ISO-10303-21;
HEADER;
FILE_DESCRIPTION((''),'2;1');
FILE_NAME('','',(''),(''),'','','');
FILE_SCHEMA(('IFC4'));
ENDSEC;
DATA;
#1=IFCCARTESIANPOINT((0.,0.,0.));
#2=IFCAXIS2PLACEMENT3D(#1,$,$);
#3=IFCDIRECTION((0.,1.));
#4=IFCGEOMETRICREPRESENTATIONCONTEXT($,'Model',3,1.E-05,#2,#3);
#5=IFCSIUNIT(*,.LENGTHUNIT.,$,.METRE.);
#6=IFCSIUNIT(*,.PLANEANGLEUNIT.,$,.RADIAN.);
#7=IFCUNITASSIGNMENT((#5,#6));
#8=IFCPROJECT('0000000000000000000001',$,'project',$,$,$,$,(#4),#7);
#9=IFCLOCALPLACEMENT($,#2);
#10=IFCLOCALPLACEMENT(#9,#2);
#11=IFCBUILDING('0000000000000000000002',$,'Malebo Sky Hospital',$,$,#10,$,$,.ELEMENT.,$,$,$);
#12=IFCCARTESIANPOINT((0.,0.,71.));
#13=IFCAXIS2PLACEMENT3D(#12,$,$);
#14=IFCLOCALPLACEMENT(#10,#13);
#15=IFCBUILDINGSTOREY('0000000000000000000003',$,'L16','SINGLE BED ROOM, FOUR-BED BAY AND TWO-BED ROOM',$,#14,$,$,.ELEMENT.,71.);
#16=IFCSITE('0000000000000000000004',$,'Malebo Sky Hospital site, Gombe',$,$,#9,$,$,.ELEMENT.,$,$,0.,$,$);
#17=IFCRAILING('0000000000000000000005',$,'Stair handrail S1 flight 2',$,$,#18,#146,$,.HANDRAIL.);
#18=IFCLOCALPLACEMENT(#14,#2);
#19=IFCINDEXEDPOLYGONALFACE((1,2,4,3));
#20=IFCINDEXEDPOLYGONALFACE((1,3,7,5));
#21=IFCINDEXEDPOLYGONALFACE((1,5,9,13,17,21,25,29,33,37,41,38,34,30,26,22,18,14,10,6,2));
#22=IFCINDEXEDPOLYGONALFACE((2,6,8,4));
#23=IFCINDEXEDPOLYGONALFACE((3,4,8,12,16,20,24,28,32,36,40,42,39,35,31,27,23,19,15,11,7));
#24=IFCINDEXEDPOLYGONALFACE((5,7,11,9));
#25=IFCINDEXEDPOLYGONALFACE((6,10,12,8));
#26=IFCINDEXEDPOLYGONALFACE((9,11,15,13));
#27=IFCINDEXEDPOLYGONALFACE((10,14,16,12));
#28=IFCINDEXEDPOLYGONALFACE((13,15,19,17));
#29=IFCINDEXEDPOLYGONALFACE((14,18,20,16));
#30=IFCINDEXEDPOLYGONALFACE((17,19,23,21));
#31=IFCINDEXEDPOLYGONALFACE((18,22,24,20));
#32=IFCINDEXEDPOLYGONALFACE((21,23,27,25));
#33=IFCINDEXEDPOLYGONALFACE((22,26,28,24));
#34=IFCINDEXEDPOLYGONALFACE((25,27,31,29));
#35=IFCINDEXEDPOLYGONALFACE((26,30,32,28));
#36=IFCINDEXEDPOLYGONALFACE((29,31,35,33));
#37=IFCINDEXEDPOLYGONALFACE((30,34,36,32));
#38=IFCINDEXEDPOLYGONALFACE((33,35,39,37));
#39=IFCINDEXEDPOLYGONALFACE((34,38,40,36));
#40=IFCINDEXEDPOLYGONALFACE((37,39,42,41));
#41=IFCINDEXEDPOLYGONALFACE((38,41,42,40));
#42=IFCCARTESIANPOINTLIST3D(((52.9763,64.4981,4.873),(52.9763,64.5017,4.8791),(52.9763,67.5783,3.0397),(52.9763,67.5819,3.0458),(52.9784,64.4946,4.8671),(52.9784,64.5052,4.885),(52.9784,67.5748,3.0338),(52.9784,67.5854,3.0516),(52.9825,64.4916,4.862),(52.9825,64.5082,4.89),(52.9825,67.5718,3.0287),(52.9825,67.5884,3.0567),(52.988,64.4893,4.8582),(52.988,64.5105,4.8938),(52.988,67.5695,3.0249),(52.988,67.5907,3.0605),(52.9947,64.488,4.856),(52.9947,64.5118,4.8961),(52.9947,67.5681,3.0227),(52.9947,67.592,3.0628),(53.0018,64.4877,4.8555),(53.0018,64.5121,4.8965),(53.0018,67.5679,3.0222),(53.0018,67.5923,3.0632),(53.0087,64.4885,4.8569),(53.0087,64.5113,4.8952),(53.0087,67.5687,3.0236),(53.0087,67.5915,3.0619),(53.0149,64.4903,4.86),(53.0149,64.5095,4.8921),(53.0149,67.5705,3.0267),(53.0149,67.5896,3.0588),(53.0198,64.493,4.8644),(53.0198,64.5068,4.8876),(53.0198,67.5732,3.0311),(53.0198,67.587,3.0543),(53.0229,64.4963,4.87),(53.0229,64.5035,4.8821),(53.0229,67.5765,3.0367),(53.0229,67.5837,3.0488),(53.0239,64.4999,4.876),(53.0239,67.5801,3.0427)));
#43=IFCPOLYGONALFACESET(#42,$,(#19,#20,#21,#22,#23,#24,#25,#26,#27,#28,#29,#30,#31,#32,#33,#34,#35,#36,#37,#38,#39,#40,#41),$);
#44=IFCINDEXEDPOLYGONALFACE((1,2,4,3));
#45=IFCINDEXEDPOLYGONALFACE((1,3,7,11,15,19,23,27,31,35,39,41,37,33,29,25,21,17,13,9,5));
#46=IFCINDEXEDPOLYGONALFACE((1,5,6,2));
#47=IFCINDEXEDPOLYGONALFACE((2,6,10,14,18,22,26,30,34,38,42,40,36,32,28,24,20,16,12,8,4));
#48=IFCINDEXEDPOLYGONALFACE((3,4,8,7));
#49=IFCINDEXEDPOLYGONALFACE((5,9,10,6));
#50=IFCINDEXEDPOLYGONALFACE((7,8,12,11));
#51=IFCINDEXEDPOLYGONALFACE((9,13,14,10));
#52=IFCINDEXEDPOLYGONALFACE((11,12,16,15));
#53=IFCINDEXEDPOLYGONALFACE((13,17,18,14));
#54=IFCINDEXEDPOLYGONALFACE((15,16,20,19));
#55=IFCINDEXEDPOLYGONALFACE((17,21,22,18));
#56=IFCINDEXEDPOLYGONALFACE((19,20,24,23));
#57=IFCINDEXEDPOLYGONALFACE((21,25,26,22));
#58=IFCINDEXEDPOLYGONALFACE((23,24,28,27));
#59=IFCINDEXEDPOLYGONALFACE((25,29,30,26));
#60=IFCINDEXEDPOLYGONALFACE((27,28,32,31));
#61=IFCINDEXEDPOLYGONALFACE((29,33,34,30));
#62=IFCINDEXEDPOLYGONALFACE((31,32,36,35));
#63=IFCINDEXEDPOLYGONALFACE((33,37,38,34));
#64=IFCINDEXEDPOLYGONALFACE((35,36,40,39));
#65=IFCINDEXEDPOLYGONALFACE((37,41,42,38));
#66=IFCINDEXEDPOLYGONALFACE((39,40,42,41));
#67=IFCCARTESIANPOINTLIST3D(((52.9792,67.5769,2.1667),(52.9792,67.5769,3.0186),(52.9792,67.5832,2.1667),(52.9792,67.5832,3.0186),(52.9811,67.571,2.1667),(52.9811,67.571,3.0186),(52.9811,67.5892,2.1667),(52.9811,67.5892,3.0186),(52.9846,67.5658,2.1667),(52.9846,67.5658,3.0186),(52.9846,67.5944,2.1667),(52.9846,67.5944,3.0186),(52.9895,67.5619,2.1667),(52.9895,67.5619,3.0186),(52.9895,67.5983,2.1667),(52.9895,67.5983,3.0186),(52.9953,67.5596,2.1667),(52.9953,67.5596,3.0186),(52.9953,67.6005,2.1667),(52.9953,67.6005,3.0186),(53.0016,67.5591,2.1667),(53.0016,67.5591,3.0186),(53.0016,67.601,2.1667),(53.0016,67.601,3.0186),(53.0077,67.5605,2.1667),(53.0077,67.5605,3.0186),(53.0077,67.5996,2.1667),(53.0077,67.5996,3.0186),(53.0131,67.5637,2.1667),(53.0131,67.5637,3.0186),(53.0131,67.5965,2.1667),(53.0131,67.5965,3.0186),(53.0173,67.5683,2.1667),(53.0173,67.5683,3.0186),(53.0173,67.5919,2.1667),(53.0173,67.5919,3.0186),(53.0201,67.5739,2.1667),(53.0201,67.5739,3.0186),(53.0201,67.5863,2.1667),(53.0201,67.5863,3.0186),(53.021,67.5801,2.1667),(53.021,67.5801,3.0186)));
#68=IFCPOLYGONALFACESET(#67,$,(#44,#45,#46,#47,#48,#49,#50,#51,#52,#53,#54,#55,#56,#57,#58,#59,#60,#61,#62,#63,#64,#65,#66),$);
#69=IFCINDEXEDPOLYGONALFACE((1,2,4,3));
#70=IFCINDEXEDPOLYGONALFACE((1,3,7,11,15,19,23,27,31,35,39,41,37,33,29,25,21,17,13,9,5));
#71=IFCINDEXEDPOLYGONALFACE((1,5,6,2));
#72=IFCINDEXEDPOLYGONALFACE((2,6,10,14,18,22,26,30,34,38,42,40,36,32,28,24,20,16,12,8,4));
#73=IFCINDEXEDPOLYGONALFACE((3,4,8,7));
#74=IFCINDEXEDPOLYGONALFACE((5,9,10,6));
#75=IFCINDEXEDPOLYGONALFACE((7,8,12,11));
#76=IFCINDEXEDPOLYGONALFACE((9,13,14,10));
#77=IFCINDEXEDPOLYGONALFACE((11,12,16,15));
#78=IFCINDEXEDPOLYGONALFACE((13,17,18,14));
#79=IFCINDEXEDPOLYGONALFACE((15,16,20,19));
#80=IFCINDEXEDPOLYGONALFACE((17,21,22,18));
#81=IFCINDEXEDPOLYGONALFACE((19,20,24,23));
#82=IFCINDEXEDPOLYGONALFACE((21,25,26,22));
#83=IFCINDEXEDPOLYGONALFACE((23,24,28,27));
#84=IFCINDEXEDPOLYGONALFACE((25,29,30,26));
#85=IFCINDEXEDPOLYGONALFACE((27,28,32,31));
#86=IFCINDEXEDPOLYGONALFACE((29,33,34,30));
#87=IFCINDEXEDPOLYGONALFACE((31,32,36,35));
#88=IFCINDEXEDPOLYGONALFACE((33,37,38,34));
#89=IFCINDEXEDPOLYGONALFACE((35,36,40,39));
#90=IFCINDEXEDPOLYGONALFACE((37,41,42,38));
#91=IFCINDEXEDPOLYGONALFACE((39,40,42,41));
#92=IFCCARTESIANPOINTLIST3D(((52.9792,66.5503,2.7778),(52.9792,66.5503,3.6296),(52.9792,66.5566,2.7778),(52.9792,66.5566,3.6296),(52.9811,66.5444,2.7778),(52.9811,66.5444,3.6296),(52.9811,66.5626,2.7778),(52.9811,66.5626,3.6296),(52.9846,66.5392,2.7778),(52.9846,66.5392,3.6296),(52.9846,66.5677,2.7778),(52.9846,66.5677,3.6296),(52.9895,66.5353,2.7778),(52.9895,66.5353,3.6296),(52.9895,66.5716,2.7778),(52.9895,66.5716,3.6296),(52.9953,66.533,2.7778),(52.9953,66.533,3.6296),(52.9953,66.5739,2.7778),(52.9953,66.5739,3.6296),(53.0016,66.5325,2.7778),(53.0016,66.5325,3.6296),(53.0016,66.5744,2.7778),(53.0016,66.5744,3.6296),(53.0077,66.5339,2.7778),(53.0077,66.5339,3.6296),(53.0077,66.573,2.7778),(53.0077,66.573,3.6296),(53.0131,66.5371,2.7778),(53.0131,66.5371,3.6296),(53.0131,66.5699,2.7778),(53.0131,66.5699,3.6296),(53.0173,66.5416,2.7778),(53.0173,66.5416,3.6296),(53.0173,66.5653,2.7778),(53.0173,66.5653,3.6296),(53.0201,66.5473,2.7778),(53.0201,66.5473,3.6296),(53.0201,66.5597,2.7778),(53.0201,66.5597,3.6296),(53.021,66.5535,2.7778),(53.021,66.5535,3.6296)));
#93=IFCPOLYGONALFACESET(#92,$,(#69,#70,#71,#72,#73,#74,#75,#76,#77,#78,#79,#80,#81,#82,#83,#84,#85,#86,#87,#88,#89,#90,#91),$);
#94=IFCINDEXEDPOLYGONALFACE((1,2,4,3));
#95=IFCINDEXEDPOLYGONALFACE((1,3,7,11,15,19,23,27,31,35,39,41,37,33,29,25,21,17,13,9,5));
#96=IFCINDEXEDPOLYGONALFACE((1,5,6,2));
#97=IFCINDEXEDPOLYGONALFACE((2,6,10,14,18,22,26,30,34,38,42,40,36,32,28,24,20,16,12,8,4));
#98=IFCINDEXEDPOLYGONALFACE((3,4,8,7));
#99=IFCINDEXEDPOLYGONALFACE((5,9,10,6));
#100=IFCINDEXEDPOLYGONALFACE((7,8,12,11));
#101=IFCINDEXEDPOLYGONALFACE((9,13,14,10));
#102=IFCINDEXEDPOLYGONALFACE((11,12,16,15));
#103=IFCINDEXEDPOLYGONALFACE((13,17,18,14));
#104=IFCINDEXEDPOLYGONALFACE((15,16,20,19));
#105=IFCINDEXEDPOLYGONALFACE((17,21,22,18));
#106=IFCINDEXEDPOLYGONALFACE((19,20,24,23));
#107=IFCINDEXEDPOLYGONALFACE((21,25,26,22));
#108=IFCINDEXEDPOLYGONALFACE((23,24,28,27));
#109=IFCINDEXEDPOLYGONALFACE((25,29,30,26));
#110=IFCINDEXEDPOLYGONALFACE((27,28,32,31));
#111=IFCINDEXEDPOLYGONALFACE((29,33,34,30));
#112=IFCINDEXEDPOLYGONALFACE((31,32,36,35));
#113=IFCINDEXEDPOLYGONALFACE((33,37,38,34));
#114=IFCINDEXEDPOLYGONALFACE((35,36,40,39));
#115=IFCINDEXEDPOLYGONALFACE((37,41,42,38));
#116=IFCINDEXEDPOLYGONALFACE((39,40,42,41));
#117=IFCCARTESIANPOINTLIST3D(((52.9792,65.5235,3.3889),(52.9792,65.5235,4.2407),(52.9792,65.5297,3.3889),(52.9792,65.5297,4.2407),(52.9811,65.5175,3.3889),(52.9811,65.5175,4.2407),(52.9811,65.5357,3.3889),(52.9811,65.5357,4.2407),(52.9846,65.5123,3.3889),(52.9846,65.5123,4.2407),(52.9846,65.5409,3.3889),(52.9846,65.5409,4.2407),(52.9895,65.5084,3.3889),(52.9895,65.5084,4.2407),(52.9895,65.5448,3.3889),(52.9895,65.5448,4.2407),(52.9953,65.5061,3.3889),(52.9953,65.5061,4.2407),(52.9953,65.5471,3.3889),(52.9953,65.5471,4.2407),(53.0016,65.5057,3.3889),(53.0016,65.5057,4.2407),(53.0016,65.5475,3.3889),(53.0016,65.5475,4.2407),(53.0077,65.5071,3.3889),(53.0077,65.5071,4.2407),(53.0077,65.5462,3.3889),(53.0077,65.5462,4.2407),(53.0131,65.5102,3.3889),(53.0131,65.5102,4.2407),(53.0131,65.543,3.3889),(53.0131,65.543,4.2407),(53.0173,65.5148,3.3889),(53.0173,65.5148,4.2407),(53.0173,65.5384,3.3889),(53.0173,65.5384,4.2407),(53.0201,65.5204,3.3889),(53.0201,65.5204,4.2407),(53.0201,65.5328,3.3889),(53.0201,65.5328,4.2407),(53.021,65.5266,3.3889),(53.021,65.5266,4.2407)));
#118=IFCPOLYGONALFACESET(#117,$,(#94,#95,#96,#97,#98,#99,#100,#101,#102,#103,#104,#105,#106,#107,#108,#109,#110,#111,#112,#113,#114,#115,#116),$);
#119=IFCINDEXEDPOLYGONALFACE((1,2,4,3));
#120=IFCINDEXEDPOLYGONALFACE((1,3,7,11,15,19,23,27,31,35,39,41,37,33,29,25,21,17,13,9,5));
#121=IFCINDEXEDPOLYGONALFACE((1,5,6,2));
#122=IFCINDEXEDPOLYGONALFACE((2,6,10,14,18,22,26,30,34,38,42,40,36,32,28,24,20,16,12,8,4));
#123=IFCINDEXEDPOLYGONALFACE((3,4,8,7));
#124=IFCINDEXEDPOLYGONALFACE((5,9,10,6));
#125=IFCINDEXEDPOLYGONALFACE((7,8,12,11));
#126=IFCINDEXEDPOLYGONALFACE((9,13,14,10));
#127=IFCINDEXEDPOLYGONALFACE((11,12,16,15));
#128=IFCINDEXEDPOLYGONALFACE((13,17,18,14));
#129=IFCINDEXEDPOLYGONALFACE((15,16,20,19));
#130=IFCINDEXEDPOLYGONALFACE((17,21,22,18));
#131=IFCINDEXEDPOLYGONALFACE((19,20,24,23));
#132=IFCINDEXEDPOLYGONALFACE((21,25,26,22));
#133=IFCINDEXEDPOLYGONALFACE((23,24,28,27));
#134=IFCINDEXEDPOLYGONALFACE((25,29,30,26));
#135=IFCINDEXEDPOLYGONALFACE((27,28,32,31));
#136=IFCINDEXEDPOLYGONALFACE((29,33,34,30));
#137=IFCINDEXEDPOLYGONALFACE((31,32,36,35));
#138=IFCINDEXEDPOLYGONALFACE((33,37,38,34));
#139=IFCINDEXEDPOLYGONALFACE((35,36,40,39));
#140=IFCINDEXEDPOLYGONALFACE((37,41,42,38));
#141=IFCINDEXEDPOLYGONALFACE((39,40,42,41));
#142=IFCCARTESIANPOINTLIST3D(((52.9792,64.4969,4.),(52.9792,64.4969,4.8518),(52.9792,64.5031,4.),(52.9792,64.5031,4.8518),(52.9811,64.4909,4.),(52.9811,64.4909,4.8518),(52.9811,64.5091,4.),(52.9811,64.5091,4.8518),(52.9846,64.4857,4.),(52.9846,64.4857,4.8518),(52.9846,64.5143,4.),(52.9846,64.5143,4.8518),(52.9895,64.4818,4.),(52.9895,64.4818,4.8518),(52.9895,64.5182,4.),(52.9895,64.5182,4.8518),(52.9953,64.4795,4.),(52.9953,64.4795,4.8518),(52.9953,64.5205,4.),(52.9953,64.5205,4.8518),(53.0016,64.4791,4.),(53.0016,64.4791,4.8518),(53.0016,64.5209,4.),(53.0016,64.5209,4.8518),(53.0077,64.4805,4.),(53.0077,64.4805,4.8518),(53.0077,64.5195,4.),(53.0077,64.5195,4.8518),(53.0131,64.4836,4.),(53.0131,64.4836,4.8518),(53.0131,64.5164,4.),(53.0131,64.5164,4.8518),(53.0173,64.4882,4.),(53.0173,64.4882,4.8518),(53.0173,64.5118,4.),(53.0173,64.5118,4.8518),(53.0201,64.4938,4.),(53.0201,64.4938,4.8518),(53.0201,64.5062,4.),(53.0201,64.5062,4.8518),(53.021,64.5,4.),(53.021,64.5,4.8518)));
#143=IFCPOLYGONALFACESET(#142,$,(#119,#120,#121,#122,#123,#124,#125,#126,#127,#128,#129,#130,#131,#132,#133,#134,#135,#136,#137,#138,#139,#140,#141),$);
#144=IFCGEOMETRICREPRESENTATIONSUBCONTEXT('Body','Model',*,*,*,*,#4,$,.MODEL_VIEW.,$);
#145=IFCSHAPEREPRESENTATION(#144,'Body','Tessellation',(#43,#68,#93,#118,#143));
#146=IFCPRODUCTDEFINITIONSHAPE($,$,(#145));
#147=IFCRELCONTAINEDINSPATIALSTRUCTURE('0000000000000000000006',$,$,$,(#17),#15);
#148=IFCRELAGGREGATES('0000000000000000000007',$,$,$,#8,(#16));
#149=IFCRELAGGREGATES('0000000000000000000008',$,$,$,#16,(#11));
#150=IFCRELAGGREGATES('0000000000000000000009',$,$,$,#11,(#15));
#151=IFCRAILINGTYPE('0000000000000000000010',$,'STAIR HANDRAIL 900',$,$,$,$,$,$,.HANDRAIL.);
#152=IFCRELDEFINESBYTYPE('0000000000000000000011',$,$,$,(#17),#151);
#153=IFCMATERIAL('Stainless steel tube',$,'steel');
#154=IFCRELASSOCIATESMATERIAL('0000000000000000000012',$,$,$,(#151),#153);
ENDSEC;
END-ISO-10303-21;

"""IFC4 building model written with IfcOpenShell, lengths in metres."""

from ifc_helpers import new_model, si_unit, direction, frame, origin, origin_2d, place, context, subcontext, project, spatial, circle, extrude, material, type_object, element, save


model = new_model("IFC4")

# Units and contexts
model_context = context("Model", 3, precision=1e-05, world=origin(), true_north=direction((0.0, 1.0)))
body_context = subcontext(model_context, "Body", "Model", "MODEL_VIEW")
ifc_project = project(units=[si_unit("LENGTHUNIT", "METRE"), si_unit("PLANEANGLEUNIT", "RADIAN")], contexts=[model_context])

# Site, building, storey
site_placement = place(None, origin())
site = spatial("IfcSite", under=ifc_project, at=site_placement, Name="Malebo Sky Hospital site, Gombe", CompositionType="ELEMENT", RefElevation=0.0)
building_placement = place(site_placement, origin())
building = spatial("IfcBuilding", under=site, at=building_placement, Name="Malebo Sky Hospital", CompositionType="ELEMENT")
storey_placement = place(building_placement, frame((0.0, 0.0, 71.0)))
storey = spatial("IfcBuildingStorey", under=building, at=storey_placement, Name="L16", Description="SINGLE BED ROOM, FOUR-BED BAY AND TWO-BED ROOM", CompositionType="ELEMENT", Elevation=71.0)

# Railing
ifc_material_1 = material(Name="Stainless steel tube", Category="steel")
railing_type = type_object("IfcRailingType", Name="STAIR HANDRAIL 900", PredefinedType="HANDRAIL", material=ifc_material_1)
railing_1_placement = place(storey_placement, frame((53.0, 67.5801, 2.1667)))
element("IfcRailing", 1, at=railing_1_placement, inside=storey, type_object=railing_type, Name="Stair handrail S1 flight 2", PredefinedType="HANDRAIL", context=body_context, shape_type="SweptSolid", body=[
    extrude(circle(Radius=0.0239, at=origin_2d()), frame((0.0, 0.0, 0.876), z_axis=(0.0, -0.859309, 0.511458), x_axis=(1.0, 0.0, 0.0)), (0.0, 0.0, 1.0), 3.5845),
    extrude(circle(Radius=0.021, at=origin_2d()), origin(), (0.0, 0.0, 1.0), 0.8518),
    extrude(circle(Radius=0.021, at=origin_2d()), frame((0.0, -1.0266, 0.6111)), (0.0, 0.0, 1.0), 0.8518),
    extrude(circle(Radius=0.021, at=origin_2d()), frame((0.0, -2.0535, 1.2222)), (0.0, 0.0, 1.0), 0.8518),
    extrude(circle(Radius=0.021, at=origin_2d()), frame((0.0, -3.0801, 1.8333)), (0.0, 0.0, 1.0), 0.8518),
])

save(model, "model.ifc")
